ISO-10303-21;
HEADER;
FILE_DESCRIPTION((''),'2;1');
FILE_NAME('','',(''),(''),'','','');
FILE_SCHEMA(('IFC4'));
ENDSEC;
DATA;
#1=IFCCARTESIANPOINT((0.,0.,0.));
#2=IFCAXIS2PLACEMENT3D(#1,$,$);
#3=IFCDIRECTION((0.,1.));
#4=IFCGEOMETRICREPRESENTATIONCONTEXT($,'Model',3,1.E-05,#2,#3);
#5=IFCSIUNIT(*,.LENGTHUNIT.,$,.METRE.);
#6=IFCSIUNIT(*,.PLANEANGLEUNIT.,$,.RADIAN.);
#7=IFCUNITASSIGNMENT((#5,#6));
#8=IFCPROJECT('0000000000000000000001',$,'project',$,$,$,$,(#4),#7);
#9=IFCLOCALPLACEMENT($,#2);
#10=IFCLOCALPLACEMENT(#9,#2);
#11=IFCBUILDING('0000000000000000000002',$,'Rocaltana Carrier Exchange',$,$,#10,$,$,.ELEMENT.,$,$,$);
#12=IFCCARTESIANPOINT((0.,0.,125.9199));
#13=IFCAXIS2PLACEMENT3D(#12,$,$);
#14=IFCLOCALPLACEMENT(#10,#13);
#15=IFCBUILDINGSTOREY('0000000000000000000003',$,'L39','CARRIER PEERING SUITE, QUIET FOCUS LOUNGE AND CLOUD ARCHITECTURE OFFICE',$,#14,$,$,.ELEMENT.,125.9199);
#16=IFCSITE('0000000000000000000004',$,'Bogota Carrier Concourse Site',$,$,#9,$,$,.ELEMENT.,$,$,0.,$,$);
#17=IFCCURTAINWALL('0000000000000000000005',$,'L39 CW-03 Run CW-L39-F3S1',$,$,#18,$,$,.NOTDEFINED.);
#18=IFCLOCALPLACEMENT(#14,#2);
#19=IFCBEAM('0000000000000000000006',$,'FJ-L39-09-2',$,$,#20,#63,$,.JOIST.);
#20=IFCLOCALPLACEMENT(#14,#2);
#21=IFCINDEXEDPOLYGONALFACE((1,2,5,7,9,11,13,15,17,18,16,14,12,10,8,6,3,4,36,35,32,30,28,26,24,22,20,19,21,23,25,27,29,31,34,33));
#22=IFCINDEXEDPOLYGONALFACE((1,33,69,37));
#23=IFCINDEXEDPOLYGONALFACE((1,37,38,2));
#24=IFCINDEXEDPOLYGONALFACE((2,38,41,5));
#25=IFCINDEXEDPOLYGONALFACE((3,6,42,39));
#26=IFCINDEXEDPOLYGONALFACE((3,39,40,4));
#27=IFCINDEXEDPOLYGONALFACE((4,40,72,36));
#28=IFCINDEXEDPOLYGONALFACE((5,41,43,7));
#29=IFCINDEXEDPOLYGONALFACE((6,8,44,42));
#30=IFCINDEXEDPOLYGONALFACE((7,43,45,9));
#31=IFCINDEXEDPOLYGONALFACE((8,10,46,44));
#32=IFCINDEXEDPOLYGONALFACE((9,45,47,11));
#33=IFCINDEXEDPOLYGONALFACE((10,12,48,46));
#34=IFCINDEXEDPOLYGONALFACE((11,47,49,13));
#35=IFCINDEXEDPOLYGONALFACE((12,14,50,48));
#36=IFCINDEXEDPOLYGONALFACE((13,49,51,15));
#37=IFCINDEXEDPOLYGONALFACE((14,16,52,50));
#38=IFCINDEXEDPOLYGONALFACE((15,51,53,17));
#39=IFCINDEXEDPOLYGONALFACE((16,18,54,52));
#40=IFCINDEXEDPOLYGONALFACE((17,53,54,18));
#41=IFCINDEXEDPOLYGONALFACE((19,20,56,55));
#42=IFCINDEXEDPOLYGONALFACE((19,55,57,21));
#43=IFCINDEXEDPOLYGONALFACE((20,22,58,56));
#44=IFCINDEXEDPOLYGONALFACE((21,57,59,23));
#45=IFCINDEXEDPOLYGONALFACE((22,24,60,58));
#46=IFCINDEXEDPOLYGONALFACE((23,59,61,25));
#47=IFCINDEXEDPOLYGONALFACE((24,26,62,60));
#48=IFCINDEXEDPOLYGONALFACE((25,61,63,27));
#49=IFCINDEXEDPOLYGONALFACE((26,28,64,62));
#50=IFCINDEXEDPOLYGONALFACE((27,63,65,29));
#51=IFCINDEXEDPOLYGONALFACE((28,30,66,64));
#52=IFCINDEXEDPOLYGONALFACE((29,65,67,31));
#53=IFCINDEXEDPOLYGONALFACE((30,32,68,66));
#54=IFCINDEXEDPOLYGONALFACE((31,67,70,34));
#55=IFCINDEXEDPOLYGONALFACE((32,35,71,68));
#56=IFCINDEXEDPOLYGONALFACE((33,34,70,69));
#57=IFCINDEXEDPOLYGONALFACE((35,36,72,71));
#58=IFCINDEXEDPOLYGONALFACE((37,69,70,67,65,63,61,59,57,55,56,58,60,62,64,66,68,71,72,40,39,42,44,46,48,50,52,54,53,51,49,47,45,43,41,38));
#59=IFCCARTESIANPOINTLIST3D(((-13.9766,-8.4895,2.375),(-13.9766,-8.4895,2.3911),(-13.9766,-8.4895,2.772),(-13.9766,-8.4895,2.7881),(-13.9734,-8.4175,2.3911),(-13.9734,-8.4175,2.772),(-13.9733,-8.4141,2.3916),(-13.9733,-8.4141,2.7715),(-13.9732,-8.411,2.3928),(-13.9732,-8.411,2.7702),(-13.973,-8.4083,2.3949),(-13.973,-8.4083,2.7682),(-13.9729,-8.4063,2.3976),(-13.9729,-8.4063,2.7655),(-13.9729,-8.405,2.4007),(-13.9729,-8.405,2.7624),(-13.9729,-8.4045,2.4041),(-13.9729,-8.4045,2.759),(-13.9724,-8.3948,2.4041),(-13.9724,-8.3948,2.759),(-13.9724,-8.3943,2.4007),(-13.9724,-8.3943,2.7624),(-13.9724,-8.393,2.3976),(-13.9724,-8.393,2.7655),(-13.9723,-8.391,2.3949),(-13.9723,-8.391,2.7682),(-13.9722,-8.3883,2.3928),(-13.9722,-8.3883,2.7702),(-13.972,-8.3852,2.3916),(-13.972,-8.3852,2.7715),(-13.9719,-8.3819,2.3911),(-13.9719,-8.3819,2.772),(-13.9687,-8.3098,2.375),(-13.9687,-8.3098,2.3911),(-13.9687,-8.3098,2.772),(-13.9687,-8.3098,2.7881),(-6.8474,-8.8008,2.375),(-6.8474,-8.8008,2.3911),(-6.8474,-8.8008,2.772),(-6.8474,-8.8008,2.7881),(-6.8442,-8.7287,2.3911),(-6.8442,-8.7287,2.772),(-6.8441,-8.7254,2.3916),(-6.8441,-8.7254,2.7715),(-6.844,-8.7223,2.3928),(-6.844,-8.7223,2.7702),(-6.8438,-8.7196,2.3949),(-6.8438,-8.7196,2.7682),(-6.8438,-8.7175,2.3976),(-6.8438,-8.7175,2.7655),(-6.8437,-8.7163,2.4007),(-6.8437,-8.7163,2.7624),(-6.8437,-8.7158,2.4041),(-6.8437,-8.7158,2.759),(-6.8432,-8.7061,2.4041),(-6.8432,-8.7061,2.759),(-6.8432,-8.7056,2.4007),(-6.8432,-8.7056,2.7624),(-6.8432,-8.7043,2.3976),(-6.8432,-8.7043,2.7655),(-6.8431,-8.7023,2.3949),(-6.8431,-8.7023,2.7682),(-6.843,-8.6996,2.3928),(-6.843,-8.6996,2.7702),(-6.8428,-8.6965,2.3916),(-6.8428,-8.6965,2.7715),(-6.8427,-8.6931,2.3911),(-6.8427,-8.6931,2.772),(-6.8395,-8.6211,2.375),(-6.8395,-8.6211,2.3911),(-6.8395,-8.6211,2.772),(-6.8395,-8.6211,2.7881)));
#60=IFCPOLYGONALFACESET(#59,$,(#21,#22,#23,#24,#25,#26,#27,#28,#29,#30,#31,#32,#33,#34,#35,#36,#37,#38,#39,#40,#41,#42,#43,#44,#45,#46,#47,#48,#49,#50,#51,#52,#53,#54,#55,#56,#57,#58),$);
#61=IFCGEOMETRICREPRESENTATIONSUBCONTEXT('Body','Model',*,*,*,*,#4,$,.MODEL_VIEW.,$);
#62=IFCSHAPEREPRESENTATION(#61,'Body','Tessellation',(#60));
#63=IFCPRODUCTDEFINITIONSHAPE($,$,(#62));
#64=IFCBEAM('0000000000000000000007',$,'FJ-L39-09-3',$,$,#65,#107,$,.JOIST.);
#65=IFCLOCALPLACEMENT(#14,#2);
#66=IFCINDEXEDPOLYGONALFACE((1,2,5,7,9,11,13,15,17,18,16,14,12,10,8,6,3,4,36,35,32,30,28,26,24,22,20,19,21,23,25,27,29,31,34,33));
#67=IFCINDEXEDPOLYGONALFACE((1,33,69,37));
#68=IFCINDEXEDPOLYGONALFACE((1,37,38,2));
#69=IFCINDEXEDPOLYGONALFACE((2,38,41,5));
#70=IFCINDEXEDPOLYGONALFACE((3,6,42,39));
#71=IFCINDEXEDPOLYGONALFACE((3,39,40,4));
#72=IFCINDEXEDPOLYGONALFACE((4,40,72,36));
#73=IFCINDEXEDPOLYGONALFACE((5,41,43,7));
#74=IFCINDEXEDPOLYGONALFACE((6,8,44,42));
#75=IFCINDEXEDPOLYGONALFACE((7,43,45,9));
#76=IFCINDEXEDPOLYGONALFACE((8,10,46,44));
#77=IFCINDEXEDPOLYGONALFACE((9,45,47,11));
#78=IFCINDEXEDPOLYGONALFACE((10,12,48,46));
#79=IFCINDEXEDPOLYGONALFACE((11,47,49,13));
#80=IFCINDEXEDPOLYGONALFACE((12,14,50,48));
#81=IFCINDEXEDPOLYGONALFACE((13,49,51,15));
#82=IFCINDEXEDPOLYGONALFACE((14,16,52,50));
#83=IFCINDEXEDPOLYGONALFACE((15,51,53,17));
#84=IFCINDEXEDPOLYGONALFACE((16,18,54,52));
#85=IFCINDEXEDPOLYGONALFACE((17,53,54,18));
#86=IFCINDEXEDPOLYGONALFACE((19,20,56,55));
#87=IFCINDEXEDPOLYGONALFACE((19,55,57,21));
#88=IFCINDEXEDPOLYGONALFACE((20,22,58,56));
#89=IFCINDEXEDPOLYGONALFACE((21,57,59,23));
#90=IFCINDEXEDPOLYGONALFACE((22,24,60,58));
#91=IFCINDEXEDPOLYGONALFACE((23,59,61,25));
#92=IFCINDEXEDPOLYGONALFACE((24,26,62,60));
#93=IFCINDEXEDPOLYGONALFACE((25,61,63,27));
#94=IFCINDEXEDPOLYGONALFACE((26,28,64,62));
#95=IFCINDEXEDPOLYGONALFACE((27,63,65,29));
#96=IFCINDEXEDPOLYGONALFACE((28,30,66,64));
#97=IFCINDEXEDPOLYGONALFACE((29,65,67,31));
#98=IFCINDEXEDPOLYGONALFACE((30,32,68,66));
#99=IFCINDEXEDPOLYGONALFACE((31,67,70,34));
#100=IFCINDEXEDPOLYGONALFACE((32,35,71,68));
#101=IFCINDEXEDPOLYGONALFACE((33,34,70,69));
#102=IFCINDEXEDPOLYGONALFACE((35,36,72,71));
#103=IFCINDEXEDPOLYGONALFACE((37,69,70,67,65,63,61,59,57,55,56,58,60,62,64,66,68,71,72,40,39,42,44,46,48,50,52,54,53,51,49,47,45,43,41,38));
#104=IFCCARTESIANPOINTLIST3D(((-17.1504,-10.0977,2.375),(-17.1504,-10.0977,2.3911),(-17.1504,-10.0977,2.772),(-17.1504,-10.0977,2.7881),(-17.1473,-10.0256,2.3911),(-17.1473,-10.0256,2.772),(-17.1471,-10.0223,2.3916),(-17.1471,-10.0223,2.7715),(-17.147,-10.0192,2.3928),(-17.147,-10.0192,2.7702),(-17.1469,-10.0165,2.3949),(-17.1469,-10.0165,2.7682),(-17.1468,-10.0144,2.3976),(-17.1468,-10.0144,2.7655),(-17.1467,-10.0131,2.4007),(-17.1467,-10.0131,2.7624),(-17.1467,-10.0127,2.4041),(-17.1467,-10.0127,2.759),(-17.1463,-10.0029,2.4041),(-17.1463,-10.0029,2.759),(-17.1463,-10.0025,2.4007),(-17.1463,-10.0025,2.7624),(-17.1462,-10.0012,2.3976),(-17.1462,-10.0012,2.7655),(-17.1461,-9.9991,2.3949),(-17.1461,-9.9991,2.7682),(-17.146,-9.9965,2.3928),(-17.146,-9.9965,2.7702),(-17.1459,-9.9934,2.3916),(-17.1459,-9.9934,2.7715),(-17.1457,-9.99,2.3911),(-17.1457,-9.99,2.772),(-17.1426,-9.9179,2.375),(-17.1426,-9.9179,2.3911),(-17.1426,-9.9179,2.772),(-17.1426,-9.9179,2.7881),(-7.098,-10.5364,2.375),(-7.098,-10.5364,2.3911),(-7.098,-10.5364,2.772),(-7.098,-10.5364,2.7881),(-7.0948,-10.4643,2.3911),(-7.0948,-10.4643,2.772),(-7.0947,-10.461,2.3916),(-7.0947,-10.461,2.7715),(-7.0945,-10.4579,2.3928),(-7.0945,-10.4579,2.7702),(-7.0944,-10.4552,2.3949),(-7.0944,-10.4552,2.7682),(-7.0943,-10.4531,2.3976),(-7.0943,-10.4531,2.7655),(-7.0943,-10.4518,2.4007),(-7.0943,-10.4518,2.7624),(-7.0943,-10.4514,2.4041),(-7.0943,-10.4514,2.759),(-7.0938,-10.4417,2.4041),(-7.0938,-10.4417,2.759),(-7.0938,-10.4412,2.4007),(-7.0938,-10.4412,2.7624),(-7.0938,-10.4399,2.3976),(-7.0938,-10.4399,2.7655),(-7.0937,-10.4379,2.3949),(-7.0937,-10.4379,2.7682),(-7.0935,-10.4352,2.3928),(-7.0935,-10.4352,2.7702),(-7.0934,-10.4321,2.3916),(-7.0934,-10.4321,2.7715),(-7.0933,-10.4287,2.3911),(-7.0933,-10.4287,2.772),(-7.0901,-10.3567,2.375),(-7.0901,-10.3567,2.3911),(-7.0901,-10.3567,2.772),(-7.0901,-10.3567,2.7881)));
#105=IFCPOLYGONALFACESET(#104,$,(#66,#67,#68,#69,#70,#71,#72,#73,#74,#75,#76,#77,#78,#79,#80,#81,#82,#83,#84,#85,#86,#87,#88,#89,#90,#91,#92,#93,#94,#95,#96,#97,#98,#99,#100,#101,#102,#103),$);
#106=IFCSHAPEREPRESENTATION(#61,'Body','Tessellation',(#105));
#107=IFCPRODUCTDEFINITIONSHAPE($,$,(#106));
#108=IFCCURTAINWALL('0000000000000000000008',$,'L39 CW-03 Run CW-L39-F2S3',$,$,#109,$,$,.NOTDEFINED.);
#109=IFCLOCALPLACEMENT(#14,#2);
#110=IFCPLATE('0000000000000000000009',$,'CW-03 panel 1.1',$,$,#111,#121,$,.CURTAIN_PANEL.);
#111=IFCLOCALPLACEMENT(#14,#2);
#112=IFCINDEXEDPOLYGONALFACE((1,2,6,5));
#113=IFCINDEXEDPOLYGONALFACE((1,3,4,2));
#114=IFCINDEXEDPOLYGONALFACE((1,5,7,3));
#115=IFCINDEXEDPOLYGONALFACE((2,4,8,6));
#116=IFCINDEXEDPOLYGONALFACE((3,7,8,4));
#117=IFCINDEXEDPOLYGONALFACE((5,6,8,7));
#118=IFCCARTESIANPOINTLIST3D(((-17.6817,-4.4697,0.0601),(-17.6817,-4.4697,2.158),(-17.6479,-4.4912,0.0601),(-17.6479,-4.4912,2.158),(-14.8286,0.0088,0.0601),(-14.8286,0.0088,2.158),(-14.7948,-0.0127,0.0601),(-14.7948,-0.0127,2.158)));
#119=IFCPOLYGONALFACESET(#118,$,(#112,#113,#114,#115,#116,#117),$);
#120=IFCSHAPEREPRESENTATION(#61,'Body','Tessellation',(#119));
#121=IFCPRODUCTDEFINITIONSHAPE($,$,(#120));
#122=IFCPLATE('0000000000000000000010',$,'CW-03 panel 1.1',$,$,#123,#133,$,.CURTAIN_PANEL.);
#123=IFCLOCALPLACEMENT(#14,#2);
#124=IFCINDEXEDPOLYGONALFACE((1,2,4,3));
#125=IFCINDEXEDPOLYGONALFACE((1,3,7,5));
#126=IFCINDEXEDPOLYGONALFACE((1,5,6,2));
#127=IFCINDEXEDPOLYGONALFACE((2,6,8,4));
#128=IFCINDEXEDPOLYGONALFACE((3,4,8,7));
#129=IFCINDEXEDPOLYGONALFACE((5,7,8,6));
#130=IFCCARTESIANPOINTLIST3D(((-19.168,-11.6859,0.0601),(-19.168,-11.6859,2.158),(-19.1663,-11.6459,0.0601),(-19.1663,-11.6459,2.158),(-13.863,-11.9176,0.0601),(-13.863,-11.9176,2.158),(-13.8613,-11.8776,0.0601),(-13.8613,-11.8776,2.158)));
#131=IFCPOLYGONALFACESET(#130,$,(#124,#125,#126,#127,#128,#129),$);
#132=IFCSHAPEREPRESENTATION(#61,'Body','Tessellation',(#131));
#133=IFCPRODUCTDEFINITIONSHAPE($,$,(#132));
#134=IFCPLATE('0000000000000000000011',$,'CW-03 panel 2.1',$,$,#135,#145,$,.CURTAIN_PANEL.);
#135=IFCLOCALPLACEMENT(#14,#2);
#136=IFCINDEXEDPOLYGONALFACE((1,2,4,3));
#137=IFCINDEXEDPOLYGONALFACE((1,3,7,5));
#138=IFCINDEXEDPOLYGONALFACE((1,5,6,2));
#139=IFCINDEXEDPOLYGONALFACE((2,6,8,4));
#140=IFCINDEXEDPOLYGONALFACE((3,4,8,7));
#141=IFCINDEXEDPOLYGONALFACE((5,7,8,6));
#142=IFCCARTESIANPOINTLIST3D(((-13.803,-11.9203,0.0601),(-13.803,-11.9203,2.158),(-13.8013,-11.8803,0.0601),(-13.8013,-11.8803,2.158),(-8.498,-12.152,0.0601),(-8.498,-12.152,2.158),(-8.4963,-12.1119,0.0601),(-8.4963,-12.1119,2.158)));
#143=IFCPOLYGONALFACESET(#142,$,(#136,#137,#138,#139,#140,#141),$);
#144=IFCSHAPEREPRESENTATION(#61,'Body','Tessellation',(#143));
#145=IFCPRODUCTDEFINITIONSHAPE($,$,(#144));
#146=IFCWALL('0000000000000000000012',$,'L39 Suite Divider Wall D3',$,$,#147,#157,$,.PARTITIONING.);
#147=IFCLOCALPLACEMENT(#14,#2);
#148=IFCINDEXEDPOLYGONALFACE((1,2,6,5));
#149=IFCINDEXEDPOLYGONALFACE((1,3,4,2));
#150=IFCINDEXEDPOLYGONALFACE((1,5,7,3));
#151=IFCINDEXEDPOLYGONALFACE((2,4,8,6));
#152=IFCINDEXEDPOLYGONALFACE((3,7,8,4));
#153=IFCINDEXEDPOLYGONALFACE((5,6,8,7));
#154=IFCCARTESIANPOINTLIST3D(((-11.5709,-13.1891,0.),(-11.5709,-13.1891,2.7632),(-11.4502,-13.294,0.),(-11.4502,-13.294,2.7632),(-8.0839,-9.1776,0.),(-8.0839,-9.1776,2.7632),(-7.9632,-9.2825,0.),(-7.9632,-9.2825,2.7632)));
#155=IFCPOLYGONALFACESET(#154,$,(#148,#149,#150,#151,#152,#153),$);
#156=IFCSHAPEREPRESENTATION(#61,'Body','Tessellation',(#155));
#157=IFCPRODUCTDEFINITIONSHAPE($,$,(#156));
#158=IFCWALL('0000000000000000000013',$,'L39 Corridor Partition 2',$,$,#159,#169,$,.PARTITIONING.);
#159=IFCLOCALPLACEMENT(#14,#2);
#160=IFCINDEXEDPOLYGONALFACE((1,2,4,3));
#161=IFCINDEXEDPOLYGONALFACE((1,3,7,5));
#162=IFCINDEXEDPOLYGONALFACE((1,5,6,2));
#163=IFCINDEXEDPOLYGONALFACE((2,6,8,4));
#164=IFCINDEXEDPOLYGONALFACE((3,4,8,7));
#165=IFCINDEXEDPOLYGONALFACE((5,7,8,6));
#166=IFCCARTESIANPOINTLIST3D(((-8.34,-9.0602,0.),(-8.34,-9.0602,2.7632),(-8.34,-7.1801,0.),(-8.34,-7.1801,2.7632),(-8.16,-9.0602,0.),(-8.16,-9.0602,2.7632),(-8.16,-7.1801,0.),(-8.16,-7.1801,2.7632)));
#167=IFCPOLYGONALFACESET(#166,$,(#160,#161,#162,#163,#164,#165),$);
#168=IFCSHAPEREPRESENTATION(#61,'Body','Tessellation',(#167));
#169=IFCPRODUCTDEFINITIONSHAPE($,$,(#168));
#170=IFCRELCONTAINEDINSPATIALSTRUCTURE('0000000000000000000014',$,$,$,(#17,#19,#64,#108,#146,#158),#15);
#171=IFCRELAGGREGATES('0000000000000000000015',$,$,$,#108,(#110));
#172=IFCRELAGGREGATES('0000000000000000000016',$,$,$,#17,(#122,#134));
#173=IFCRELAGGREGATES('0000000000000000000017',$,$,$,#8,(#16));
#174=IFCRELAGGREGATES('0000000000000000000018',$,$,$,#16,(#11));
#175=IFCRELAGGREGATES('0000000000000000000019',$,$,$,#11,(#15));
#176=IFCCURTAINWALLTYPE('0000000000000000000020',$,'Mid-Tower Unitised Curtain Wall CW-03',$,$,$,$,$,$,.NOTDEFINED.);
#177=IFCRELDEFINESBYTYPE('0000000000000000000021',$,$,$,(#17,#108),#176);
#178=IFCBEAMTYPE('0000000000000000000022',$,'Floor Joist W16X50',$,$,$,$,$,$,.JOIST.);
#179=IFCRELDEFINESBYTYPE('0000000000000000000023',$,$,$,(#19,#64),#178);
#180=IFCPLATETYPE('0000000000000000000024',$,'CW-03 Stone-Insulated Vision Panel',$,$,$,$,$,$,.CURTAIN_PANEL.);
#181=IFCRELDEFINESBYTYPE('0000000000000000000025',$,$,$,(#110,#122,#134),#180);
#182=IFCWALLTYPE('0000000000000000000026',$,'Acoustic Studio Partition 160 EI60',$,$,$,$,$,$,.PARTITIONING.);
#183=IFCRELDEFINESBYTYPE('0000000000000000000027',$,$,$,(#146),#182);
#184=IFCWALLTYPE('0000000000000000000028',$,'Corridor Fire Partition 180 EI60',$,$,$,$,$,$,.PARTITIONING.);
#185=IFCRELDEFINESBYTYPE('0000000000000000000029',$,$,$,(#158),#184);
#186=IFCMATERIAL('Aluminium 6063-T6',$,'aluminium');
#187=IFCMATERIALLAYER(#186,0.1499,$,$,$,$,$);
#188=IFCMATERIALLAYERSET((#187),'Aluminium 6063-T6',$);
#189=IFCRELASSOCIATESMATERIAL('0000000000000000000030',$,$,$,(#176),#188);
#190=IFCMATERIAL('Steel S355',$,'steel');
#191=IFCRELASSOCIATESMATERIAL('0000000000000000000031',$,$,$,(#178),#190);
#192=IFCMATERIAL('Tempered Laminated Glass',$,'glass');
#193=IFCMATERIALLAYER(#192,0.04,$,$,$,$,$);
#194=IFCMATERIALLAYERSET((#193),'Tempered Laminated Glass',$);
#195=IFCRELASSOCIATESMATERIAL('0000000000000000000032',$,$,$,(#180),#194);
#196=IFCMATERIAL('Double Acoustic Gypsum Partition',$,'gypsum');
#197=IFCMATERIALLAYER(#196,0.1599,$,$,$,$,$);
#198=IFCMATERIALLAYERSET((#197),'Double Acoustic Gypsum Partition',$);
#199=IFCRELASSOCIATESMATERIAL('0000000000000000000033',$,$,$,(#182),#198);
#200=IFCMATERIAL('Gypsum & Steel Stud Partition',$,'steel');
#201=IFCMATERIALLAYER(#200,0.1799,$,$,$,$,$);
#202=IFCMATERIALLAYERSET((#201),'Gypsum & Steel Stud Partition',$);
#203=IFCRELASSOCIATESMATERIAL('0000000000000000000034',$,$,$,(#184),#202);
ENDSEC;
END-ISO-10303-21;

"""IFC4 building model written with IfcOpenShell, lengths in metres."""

from ifc_helpers import new_model, si_unit, direction, frame, frame_2d, origin, origin_2d, place, context, subcontext, project, spatial, rectangle, i_section, extrude, material, layer, layer_set, material_profile, profile_set, type_object, element, aggregate, save


model = new_model("IFC4")

# Units and contexts
model_context = context("Model", 3, precision=1e-05, world=origin(), true_north=direction((0.0, 1.0)))
body_context = subcontext(model_context, "Body", "Model", "MODEL_VIEW")
ifc_project = project(units=[si_unit("LENGTHUNIT", "METRE"), si_unit("PLANEANGLEUNIT", "RADIAN")], contexts=[model_context])

# Site, building, storey
site_placement = place(None, origin())
site = spatial("IfcSite", under=ifc_project, at=site_placement, Name="Bogota Carrier Concourse Site", CompositionType="ELEMENT", RefElevation=0.0)
building_placement = place(site_placement, origin())
building = spatial("IfcBuilding", under=site, at=building_placement, Name="Rocaltana Carrier Exchange", CompositionType="ELEMENT")
storey_placement = place(building_placement, frame((0.0, 0.0, 125.9199)))
storey = spatial("IfcBuildingStorey", under=building, at=storey_placement, Name="L39", Description="CARRIER PEERING SUITE, QUIET FOCUS LOUNGE AND CLOUD ARCHITECTURE OFFICE", CompositionType="ELEMENT", Elevation=125.9199)

# Curtain wall
ifc_material_1 = material(Name="Aluminium 6063-T6", Category="aluminium")
ifc_layer_1 = layer(ifc_material_1, 0.1499)
ifc_layer_set_1 = layer_set([ifc_layer_1], Name="Aluminium 6063-T6")
curtain_wall_type = type_object("IfcCurtainWallType", Name="Mid-Tower Unitised Curtain Wall CW-03", PredefinedType="NOTDEFINED", material=ifc_layer_set_1)
curtain_wall_1_placement = place(storey_placement, origin())
curtain_wall_1 = element("IfcCurtainWall", 1, at=curtain_wall_1_placement, inside=storey, type_object=curtain_wall_type, Name="L39 CW-03 Run CW-L39-F3S1", PredefinedType="NOTDEFINED")

# Beams
ifc_material_2 = material(Name="Steel S355", Category="steel")
ifc_material_profile_1 = material_profile(ifc_material_2, i_section(OverallWidth=0.1799, OverallDepth=0.4131, WebThickness=0.0098, FlangeThickness=0.0161, FilletRadius=0.0129, at=origin_2d()), Name="W16X50")
ifc_profile_set_1 = profile_set([ifc_material_profile_1], Name="Steel S355")
beam_type = type_object("IfcBeamType", Name="Floor Joist W16X50", PredefinedType="JOIST", material=ifc_profile_set_1)
beam_1_placement = place(storey_placement, frame((-13.9727, -8.3997, 2.5815), z_axis=(0.999048, -0.043621, 0.0), x_axis=(0.043621, 0.999048, 0.0)))
element("IfcBeam", 2, at=beam_1_placement, inside=storey, type_object=beam_type, Name="FJ-L39-09-2", PredefinedType="JOIST", context=body_context, shape_type="SweptSolid", body=[
    extrude(i_section(OverallWidth=0.1799, OverallDepth=0.4131, WebThickness=0.0098, FlangeThickness=0.0161, FilletRadius=0.0129, at=origin_2d()), origin(), (0.0, 0.0, 1.0), 7.136),
])
beam_2_placement = place(storey_placement, frame((-17.1465, -10.0078, 2.5815), z_axis=(0.999049, -0.043601, 0.0), x_axis=(0.043601, 0.999049, 0.0)))
element("IfcBeam", 3, at=beam_2_placement, inside=storey, type_object=beam_type, Name="FJ-L39-09-3", PredefinedType="JOIST", context=body_context, shape_type="SweptSolid", body=[
    extrude(i_section(OverallWidth=0.1799, OverallDepth=0.4131, WebThickness=0.0098, FlangeThickness=0.0161, FilletRadius=0.0129, at=origin_2d()), origin(), (0.0, 0.0, 1.0), 10.062),
])

# Curtain wall, plate
curtain_wall_2_placement = place(storey_placement, origin())
curtain_wall_2 = element("IfcCurtainWall", 4, at=curtain_wall_2_placement, inside=storey, type_object=curtain_wall_type, Name="L39 CW-03 Run CW-L39-F2S3", PredefinedType="NOTDEFINED")
ifc_material_3 = material(Name="Tempered Laminated Glass", Category="glass")
ifc_layer_2 = layer(ifc_material_3, 0.04)
ifc_layer_set_2 = layer_set([ifc_layer_2], Name="Tempered Laminated Glass")
plate_type = type_object("IfcPlateType", Name="CW-03 Stone-Insulated Vision Panel", PredefinedType="CURTAIN_PANEL", material=ifc_layer_set_2)
plate_1_placement = place(storey_placement, frame((-16.2383, -2.2412, 0.0601), z_axis=(0.0, 0.0, 1.0), x_axis=(-0.537301, -0.843391, 0.0)))
plate_1 = element("IfcPlate", 5, at=plate_1_placement, type_object=plate_type, Name="CW-03 panel 1.1", PredefinedType="CURTAIN_PANEL", context=body_context, shape_type="SweptSolid", body=[
    extrude(rectangle(XDim=5.3101, YDim=0.04, at=origin_2d()), origin(), (0.0, 0.0, 1.0), 2.0979),
])
aggregate(curtain_wall_2, [plate_1])

# Plates
plate_2_placement = place(storey_placement, frame((-16.5146, -11.7817, 0.0601), z_axis=(0.0, 0.0, 1.0), x_axis=(0.999048, -0.043629, 0.0)))
plate_2 = element("IfcPlate", 6, at=plate_2_placement, type_object=plate_type, Name="CW-03 panel 1.1", PredefinedType="CURTAIN_PANEL", context=body_context, shape_type="SweptSolid", body=[
    extrude(rectangle(XDim=5.3101, YDim=0.04, at=origin_2d()), origin(), (0.0, 0.0, 1.0), 2.0979),
])
plate_3_placement = place(storey_placement, frame((-11.1497, -12.0161, 0.0601), z_axis=(0.0, 0.0, 1.0), x_axis=(0.999048, -0.043629, 0.0)))
plate_3 = element("IfcPlate", 7, at=plate_3_placement, type_object=plate_type, Name="CW-03 panel 2.1", PredefinedType="CURTAIN_PANEL", context=body_context, shape_type="SweptSolid", body=[
    extrude(rectangle(XDim=5.3101, YDim=0.04, at=origin_2d()), origin(), (0.0, 0.0, 1.0), 2.0979),
])
aggregate(curtain_wall_1, [plate_2, plate_3])

# Walls
ifc_material_4 = material(Name="Double Acoustic Gypsum Partition", Category="gypsum")
ifc_layer_3 = layer(ifc_material_4, 0.1599)
ifc_layer_set_3 = layer_set([ifc_layer_3], Name="Double Acoustic Gypsum Partition")
wall_type_1 = type_object("IfcWallType", Name="Acoustic Studio Partition 160 EI60", PredefinedType="PARTITIONING", material=ifc_layer_set_3)
wall_1_placement = place(storey_placement, frame((-8.0234, -9.23, 0.0), z_axis=(0.0, 0.0, 1.0), x_axis=(-0.656052, -0.754715, 0.0)))
element("IfcWall", 8, at=wall_1_placement, inside=storey, type_object=wall_type_1, Name="L39 Suite Divider Wall D3", PredefinedType="PARTITIONING", context=body_context, shape_type="SweptSolid", body=[
    extrude(rectangle(XDim=5.3152, YDim=0.1599, at=frame_2d((2.6577, 0.0))), origin(), (0.0, 0.0, 1.0), 2.7632),
])
ifc_material_5 = material(Name="Gypsum & Steel Stud Partition", Category="steel")
ifc_layer_4 = layer(ifc_material_5, 0.1799)
ifc_layer_set_4 = layer_set([ifc_layer_4], Name="Gypsum & Steel Stud Partition")
wall_type_2 = type_object("IfcWallType", Name="Corridor Fire Partition 180 EI60", PredefinedType="PARTITIONING", material=ifc_layer_set_4)
wall_2_placement = place(storey_placement, frame((-8.25, -9.0601, 0.0), z_axis=(0.0, 0.0, 1.0), x_axis=(0.0, 1.0, 0.0)))
element("IfcWall", 9, at=wall_2_placement, inside=storey, type_object=wall_type_2, Name="L39 Corridor Partition 2", PredefinedType="PARTITIONING", context=body_context, shape_type="SweptSolid", body=[
    extrude(rectangle(XDim=1.8801, YDim=0.1799, at=frame_2d((0.9399, 0.0))), origin(), (0.0, 0.0, 1.0), 2.7632),
])

save(model, "model.ifc")
